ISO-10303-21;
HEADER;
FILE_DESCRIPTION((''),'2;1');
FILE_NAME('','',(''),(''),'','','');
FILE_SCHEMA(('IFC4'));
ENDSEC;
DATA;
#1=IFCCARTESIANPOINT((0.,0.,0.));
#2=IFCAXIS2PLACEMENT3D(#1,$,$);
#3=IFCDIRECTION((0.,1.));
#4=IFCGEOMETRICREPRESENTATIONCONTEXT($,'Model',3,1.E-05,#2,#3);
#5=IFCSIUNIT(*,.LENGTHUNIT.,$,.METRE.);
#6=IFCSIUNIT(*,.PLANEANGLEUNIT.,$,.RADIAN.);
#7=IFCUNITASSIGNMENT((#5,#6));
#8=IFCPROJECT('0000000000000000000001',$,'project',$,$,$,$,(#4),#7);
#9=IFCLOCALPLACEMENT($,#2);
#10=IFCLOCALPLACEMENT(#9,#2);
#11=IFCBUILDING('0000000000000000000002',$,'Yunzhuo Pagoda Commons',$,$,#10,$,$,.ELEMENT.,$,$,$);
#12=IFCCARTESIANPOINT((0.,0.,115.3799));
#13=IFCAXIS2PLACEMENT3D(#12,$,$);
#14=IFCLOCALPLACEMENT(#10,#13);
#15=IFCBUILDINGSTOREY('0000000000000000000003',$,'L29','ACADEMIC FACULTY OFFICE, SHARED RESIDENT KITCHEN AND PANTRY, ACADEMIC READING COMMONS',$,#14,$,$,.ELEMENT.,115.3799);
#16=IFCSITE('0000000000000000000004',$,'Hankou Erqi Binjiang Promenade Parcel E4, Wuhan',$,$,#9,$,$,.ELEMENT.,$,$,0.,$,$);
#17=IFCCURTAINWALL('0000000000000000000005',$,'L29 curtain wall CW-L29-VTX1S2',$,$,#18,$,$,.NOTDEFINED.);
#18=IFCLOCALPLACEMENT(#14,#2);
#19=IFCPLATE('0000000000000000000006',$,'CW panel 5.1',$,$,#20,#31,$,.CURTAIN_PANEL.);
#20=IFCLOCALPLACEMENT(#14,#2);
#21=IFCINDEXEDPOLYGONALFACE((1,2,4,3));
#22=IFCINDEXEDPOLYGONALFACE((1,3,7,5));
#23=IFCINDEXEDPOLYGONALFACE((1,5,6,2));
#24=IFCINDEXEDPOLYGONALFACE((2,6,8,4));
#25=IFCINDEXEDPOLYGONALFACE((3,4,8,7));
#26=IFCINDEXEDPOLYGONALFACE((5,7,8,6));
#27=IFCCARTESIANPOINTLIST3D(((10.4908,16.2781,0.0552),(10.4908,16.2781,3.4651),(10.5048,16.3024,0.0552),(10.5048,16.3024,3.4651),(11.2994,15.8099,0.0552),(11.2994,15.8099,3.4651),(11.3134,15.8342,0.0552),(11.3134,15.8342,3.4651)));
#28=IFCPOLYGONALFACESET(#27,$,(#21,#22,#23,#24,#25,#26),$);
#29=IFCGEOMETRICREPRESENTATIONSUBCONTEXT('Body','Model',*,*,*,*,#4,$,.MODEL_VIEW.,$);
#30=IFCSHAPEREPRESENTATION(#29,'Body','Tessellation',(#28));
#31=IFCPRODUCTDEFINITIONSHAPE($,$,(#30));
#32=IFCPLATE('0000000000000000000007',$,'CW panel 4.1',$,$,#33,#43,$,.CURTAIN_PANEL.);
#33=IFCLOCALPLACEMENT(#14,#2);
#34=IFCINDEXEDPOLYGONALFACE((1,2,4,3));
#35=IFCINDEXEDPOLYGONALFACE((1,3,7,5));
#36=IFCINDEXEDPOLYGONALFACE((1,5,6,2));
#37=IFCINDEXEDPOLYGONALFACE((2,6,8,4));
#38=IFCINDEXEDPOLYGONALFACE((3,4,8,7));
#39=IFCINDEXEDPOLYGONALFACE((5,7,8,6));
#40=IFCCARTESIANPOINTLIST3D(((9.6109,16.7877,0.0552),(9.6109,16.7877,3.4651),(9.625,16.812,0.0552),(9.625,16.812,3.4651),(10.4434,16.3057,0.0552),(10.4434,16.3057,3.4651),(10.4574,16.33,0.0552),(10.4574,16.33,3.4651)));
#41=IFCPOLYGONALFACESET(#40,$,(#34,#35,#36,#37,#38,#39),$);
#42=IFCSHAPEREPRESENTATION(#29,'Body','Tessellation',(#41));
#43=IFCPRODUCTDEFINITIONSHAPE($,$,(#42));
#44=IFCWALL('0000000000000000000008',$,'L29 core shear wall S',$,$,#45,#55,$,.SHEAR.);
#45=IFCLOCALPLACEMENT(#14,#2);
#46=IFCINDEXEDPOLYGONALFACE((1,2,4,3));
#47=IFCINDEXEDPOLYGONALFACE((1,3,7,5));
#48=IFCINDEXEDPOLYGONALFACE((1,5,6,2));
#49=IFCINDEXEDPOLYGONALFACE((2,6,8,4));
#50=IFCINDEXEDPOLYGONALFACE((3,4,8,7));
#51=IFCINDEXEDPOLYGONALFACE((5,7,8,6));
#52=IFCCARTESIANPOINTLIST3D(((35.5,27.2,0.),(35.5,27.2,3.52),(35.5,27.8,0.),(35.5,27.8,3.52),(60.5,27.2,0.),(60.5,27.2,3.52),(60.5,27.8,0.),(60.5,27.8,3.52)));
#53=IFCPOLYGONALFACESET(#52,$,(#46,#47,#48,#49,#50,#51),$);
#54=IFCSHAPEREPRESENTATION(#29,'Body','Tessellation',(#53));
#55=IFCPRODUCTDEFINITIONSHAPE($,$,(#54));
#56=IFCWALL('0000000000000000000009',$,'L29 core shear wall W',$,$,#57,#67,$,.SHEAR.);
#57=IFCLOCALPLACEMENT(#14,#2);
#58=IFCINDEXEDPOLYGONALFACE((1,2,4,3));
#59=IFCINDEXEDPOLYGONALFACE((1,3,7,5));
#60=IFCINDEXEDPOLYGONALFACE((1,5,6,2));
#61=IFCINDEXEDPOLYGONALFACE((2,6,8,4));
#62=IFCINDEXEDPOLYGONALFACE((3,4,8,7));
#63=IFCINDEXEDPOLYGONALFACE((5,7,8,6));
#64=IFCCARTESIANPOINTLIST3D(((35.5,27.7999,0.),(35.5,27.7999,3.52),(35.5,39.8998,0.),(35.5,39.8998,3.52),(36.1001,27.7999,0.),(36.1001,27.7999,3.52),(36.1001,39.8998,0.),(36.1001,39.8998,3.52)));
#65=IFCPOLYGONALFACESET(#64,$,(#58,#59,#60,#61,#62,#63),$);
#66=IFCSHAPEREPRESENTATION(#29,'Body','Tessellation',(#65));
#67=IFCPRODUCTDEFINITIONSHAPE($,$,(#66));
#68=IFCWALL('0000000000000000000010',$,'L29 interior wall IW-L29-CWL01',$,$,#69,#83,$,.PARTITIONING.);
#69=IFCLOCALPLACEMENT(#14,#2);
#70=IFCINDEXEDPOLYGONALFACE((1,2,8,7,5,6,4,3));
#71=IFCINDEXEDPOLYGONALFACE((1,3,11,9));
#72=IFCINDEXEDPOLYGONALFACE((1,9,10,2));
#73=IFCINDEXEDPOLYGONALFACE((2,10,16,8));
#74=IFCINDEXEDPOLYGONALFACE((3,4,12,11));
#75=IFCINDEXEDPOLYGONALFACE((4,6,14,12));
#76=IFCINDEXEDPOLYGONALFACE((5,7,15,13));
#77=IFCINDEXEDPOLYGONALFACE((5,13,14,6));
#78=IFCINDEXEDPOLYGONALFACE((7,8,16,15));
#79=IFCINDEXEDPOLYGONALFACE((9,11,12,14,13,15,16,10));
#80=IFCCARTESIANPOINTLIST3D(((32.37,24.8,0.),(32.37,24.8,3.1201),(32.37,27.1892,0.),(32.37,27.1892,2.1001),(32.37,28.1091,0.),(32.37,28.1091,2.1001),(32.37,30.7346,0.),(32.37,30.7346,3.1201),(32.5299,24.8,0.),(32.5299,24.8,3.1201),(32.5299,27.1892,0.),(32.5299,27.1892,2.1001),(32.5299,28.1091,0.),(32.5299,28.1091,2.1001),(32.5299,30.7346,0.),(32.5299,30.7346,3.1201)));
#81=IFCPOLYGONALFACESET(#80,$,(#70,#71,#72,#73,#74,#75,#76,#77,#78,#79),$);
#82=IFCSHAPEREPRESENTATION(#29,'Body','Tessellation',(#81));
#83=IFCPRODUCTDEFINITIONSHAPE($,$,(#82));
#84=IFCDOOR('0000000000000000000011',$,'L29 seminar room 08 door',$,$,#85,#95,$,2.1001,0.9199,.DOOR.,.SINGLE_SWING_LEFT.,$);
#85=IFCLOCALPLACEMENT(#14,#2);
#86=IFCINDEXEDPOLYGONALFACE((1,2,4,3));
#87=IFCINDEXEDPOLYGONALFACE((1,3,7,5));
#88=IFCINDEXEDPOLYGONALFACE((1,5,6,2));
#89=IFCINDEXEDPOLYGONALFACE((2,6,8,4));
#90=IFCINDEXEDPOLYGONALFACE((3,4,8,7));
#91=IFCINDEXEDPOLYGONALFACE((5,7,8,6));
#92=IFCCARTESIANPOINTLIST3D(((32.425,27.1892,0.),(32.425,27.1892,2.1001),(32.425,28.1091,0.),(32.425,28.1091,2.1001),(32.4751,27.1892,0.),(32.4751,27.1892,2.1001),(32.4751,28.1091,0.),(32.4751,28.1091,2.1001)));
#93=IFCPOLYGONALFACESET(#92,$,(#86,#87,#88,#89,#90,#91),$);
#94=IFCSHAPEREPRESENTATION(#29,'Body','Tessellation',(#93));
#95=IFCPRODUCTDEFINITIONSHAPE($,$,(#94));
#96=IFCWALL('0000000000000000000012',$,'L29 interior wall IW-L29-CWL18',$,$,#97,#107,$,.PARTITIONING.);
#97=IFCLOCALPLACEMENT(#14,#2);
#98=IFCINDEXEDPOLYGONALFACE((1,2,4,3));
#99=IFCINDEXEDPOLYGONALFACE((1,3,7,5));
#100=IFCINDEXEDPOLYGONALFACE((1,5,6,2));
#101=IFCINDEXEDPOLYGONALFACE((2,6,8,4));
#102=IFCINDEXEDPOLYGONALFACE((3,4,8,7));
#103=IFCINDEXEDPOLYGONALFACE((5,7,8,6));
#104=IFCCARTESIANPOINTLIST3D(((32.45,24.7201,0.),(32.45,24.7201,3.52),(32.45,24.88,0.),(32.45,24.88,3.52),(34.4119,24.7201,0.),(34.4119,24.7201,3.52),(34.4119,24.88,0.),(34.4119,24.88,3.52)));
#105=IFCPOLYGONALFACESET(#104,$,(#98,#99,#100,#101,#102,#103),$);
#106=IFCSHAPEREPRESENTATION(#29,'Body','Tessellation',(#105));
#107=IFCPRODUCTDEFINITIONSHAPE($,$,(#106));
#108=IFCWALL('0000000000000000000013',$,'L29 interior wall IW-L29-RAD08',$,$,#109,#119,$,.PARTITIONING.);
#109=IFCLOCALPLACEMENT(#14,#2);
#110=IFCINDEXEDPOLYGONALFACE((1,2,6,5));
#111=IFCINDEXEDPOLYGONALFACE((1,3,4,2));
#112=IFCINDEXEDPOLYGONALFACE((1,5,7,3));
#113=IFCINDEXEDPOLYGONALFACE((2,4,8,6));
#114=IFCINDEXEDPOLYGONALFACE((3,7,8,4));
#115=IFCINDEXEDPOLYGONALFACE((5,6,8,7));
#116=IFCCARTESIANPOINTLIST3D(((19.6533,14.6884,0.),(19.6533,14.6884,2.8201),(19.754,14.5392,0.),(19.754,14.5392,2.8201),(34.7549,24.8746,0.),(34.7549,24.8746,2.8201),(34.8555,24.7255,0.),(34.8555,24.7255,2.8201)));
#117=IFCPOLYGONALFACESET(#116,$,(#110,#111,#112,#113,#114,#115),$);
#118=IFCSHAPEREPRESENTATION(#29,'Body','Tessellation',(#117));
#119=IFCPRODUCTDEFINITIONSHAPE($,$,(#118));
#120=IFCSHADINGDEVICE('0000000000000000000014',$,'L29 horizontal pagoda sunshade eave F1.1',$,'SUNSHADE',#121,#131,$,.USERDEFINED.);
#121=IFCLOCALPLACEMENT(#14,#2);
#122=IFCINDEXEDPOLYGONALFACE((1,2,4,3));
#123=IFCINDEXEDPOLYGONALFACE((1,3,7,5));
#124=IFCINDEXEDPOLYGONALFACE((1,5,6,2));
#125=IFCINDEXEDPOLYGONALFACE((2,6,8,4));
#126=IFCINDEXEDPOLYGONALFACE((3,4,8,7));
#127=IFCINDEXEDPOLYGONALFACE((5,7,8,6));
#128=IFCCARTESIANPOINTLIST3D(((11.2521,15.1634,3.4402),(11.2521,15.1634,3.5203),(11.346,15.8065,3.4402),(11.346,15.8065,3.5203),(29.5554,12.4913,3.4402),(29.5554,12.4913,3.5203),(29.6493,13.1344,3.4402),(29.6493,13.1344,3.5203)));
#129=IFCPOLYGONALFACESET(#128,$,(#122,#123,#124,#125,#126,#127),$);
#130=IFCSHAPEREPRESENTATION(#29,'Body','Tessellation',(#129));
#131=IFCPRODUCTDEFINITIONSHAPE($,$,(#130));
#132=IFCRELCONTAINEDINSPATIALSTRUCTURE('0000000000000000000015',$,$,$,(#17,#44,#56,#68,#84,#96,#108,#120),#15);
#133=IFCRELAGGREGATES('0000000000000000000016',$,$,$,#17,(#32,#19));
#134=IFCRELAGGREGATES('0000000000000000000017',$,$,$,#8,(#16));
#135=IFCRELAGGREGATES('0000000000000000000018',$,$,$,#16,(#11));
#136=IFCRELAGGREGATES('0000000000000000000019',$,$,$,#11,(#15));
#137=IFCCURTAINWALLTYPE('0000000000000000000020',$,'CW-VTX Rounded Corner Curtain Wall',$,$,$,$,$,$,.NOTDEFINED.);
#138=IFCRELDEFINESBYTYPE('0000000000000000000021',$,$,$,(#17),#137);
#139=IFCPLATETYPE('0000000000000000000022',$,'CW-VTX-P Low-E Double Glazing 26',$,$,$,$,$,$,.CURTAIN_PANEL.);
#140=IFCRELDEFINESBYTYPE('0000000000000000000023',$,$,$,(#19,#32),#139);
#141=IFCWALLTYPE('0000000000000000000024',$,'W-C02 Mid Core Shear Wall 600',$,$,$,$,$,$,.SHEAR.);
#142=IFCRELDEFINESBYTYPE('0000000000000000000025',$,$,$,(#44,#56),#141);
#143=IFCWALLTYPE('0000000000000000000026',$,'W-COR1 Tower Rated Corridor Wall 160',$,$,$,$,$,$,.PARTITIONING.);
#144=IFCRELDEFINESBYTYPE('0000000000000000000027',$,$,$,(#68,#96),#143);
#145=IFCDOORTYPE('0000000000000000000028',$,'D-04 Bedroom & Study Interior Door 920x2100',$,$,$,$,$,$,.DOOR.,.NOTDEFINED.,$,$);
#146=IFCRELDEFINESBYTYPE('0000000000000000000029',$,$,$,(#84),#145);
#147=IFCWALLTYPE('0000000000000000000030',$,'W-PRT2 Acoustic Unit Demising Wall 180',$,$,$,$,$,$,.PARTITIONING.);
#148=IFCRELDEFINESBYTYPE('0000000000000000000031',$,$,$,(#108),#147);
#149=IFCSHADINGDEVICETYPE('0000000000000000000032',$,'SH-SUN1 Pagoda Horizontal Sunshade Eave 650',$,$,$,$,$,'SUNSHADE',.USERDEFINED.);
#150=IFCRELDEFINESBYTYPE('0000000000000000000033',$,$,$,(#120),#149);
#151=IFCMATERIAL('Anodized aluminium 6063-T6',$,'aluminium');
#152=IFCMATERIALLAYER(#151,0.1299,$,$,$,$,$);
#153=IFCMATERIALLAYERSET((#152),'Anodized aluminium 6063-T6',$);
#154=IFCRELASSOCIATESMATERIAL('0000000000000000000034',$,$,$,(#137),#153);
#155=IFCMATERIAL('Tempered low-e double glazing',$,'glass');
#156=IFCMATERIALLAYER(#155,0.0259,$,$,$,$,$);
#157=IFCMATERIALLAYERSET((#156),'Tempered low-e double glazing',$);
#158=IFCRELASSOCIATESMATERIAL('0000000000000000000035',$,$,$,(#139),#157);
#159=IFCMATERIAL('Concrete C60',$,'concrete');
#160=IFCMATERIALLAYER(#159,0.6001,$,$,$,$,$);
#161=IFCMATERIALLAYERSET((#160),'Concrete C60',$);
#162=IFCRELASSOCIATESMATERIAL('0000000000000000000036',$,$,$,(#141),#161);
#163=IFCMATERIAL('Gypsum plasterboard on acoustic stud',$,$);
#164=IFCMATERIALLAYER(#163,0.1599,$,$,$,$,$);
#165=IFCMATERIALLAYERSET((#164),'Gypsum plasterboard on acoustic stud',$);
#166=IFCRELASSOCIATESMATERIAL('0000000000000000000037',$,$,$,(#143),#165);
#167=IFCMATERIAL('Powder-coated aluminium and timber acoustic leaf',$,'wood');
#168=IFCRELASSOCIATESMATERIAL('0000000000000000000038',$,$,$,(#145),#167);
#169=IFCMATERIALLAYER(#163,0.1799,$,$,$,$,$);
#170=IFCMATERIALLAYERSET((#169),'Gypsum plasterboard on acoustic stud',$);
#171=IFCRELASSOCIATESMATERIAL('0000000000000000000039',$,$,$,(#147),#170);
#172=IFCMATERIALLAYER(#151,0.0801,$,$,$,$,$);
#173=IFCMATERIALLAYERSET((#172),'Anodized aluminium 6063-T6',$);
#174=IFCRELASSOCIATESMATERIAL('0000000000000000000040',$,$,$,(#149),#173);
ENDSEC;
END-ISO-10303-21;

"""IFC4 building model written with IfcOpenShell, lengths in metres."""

from ifc_helpers import new_model, si_unit, direction, frame, frame_2d, origin, origin_with_axes, origin_2d, place, context, subcontext, project, spatial, rectangle, extrude, source, transform, mapped, material, layer, layer_set, type_object, element, fill, aggregate, save


model = new_model("IFC4")

# Units and contexts
model_context = context("Model", 3, precision=1e-05, world=origin(), true_north=direction((0.0, 1.0)))
body_context = subcontext(model_context, "Body", "Model", "MODEL_VIEW")
ifc_project = project(units=[si_unit("LENGTHUNIT", "METRE"), si_unit("PLANEANGLEUNIT", "RADIAN")], contexts=[model_context])

# Site, building, storey
site_placement = place(None, origin())
site = spatial("IfcSite", under=ifc_project, at=site_placement, Name="Hankou Erqi Binjiang Promenade Parcel E4, Wuhan", CompositionType="ELEMENT", RefElevation=0.0)
building_placement = place(site_placement, origin())
building = spatial("IfcBuilding", under=site, at=building_placement, Name="Yunzhuo Pagoda Commons", CompositionType="ELEMENT")
storey_placement = place(building_placement, frame((0.0, 0.0, 115.3799)))
storey = spatial("IfcBuildingStorey", under=building, at=storey_placement, Name="L29", Description="ACADEMIC FACULTY OFFICE, SHARED RESIDENT KITCHEN AND PANTRY, ACADEMIC READING COMMONS", CompositionType="ELEMENT", Elevation=115.3799)

# Curtain wall
ifc_material_1 = material(Name="Anodized aluminium 6063-T6", Category="aluminium")
ifc_layer_1 = layer(ifc_material_1, 0.1299)
ifc_layer_set_1 = layer_set([ifc_layer_1], Name="Anodized aluminium 6063-T6")
curtain_wall_type_1 = type_object("IfcCurtainWallType", Name="CW-VTX Rounded Corner Curtain Wall", PredefinedType="NOTDEFINED", material=ifc_layer_set_1)
curtain_wall_1_placement = place(storey_placement, origin())
curtain_wall_1 = element("IfcCurtainWall", 1, at=curtain_wall_1_placement, inside=storey, type_object=curtain_wall_type_1, Name="L29 curtain wall CW-L29-VTX1S2", PredefinedType="NOTDEFINED")

# Plates
ifc_material_2 = material(Name="Tempered low-e double glazing", Category="glass")
ifc_layer_2 = layer(ifc_material_2, 0.0259)
ifc_layer_set_2 = layer_set([ifc_layer_2], Name="Tempered low-e double glazing")
plate_type_1 = type_object("IfcPlateType", Name="CW-VTX-P Low-E Double Glazing 26", PredefinedType="CURTAIN_PANEL", material=ifc_layer_set_2)
shared_shape_1 = source(origin(), body_context, "Body", "SweptSolid", [
    extrude(rectangle(XDim=0.9343, YDim=0.0281, at=origin_2d()), origin(), (0.0, 0.0, 1.0), 3.4099),
])
plate_1_placement = place(storey_placement, frame((10.9021, 16.0562, 0.0552), z_axis=(0.0, 0.0, 1.0), x_axis=(0.865429, -0.501032, 0.0)))
plate_1 = element("IfcPlate", 2, at=plate_1_placement, type_object=plate_type_1, Name="CW panel 5.1", PredefinedType="CURTAIN_PANEL", context=body_context, shape_type="MappedRepresentation", body=[
    mapped(shared_shape_1, transform((0.0, 0.0, 0.0), scale=1.0)),
])
shared_shape_2 = source(origin(), body_context, "Body", "SweptSolid", [
    extrude(rectangle(XDim=0.9619, YDim=0.0281, at=origin_2d()), origin(), (0.0, 0.0, 1.0), 3.4099),
])
plate_2_placement = place(storey_placement, frame((10.0342, 16.5588, 0.0552), z_axis=(0.0, 0.0, 1.0), x_axis=(0.865429, -0.501032, 0.0)))
plate_2 = element("IfcPlate", 3, at=plate_2_placement, type_object=plate_type_1, Name="CW panel 4.1", PredefinedType="CURTAIN_PANEL", context=body_context, shape_type="MappedRepresentation", body=[
    mapped(shared_shape_2, transform((0.0, 0.0, 0.0), scale=1.0)),
])
aggregate(curtain_wall_1, [plate_2, plate_1])

# Walls
ifc_material_3 = material(Name="Concrete C60", Category="concrete")
ifc_layer_3 = layer(ifc_material_3, 0.6001)
ifc_layer_set_3 = layer_set([ifc_layer_3], Name="Concrete C60")
wall_type_1 = type_object("IfcWallType", Name="W-C02 Mid Core Shear Wall 600", PredefinedType="SHEAR", material=ifc_layer_set_3)
wall_1_placement = place(storey_placement, frame((35.5, 27.5, 0.0), z_axis=(0.0, 0.0, 1.0), x_axis=(1.0, 0.0, 0.0)))
element("IfcWall", 4, at=wall_1_placement, inside=storey, type_object=wall_type_1, Name="L29 core shear wall S", PredefinedType="SHEAR", context=body_context, shape_type="SweptSolid", body=[
    extrude(rectangle(XDim=25.0, YDim=0.6001, at=frame_2d((12.5, 0.0))), origin(), (0.0, 0.0, 1.0), 3.52),
])
wall_2_placement = place(storey_placement, frame((35.8, 27.8, 0.0), z_axis=(0.0, 0.0, 1.0), x_axis=(0.0, 1.0, 0.0)))
element("IfcWall", 5, at=wall_2_placement, inside=storey, type_object=wall_type_1, Name="L29 core shear wall W", PredefinedType="SHEAR", context=body_context, shape_type="SweptSolid", body=[
    extrude(rectangle(XDim=12.0999, YDim=0.6001, at=frame_2d((6.0498, 0.0))), origin(), (0.0, 0.0, 1.0), 3.52),
])

# Wall, opening, door
ifc_material_4 = material(Name="Gypsum plasterboard on acoustic stud")
ifc_layer_4 = layer(ifc_material_4, 0.1599)
ifc_layer_set_4 = layer_set([ifc_layer_4], Name="Gypsum plasterboard on acoustic stud")
wall_type_2 = type_object("IfcWallType", Name="W-COR1 Tower Rated Corridor Wall 160", PredefinedType="PARTITIONING", material=ifc_layer_set_4)
wall_3_placement = place(storey_placement, frame((32.45, 24.8, 0.0), z_axis=(0.0, 0.0, 1.0), x_axis=(0.0, 1.0, 0.0)))
wall_3 = element("IfcWall", 6, at=wall_3_placement, inside=storey, type_object=wall_type_2, Name="L29 interior wall IW-L29-CWL01", PredefinedType="PARTITIONING", context=body_context, shape_type="SweptSolid", body=[
    extrude(rectangle(XDim=5.9346, YDim=0.1599, at=frame_2d((2.9673, 0.0))), origin(), (0.0, 0.0, 1.0), 3.1201),
])
opening_placement = place(wall_3_placement, frame((2.3892, 0.0, 0.0)))
opening = element("IfcOpeningElement", 7, at=opening_placement, cuts=wall_3, PredefinedType="OPENING", context=body_context, shape_type="SweptSolid", body=[
    extrude(rectangle(XDim=0.9199, YDim=2.1001, at=frame_2d((0.46, 1.05))), frame((0.0, 0.0898, 0.0), z_axis=(0.0, -1.0, 0.0), x_axis=(1.0, 0.0, 0.0)), (0.0, 0.0, 1.0), 0.1799),
])
ifc_material_5 = material(Name="Powder-coated aluminium and timber acoustic leaf", Category="wood")
door_type = type_object("IfcDoorType", Name="D-04 Bedroom & Study Interior Door 920x2100", OperationType="NOTDEFINED", PredefinedType="DOOR", material=ifc_material_5)
shared_shape_3 = source(origin(), body_context, "Body", "SweptSolid", [
    extrude(rectangle(XDim=0.9199, YDim=2.1001, at=frame_2d((0.46, 1.05))), frame((0.0, 0.0249, 0.0), z_axis=(0.0, -1.0, 0.0), x_axis=(1.0, 0.0, 0.0)), (0.0, 0.0, 1.0), 0.05),
])
door_placement = place(opening_placement, origin_with_axes())
door = element("IfcDoor", 8, at=door_placement, inside=storey, type_object=door_type, Name="L29 seminar room 08 door", OperationType="SINGLE_SWING_LEFT", OverallHeight=2.1001, OverallWidth=0.9199, PredefinedType="DOOR", context=body_context, shape_type="MappedRepresentation", body=[
    mapped(shared_shape_3, transform((0.0, 0.0, 0.0), scale=1.0)),
])
fill(opening, door)

# Walls
wall_4_placement = place(storey_placement, frame((34.4119, 24.8, 0.0), z_axis=(0.0, 0.0, 1.0), x_axis=(-1.0, 0.0, 0.0)))
element("IfcWall", 9, at=wall_4_placement, inside=storey, type_object=wall_type_2, Name="L29 interior wall IW-L29-CWL18", PredefinedType="PARTITIONING", context=body_context, shape_type="SweptSolid", body=[
    extrude(rectangle(XDim=1.9619, YDim=0.1599, at=frame_2d((0.981, 0.0))), origin(), (0.0, 0.0, 1.0), 3.52),
])
ifc_layer_5 = layer(ifc_material_4, 0.1799)
ifc_layer_set_5 = layer_set([ifc_layer_5], Name="Gypsum plasterboard on acoustic stud")
wall_type_3 = type_object("IfcWallType", Name="W-PRT2 Acoustic Unit Demising Wall 180", PredefinedType="PARTITIONING", material=ifc_layer_set_5)
wall_5_placement = place(storey_placement, frame((34.8052, 24.8, 0.0), z_axis=(0.0, 0.0, 1.0), x_axis=(-0.829034, -0.559198, 0.0)))
element("IfcWall", 10, at=wall_5_placement, inside=storey, type_object=wall_type_3, Name="L29 interior wall IW-L29-RAD08", PredefinedType="PARTITIONING", context=body_context, shape_type="SweptSolid", body=[
    extrude(rectangle(XDim=18.2158, YDim=0.1799, at=frame_2d((9.1079, 0.0))), origin(), (0.0, 0.0, 1.0), 2.8201),
])

# Shading device
ifc_layer_6 = layer(ifc_material_1, 0.0801)
ifc_layer_set_6 = layer_set([ifc_layer_6], Name="Anodized aluminium 6063-T6")
shading_device_type = type_object("IfcShadingDeviceType", Name="SH-SUN1 Pagoda Horizontal Sunshade Eave 650", ElementType="SUNSHADE", PredefinedType="USERDEFINED", material=ifc_layer_set_6)
shared_shape_4 = source(origin(), body_context, "Body", "SweptSolid", [
    extrude(rectangle(XDim=18.4973, YDim=0.6499, at=origin_2d()), origin(), (0.0, 0.0, 1.0), 0.0801),
])
shading_device_placement = place(storey_placement, frame((20.4507, 14.1489, 3.4402), z_axis=(0.0, 0.0, 1.0), x_axis=(0.989511, -0.14446, 0.0)))
element("IfcShadingDevice", 11, at=shading_device_placement, inside=storey, type_object=shading_device_type, Name="L29 horizontal pagoda sunshade eave F1.1", ObjectType="SUNSHADE", PredefinedType="USERDEFINED", context=body_context, shape_type="MappedRepresentation", body=[
    mapped(shared_shape_4, transform((0.0, 0.0, 0.0), scale=1.0)),
])

save(model, "model.ifc")
